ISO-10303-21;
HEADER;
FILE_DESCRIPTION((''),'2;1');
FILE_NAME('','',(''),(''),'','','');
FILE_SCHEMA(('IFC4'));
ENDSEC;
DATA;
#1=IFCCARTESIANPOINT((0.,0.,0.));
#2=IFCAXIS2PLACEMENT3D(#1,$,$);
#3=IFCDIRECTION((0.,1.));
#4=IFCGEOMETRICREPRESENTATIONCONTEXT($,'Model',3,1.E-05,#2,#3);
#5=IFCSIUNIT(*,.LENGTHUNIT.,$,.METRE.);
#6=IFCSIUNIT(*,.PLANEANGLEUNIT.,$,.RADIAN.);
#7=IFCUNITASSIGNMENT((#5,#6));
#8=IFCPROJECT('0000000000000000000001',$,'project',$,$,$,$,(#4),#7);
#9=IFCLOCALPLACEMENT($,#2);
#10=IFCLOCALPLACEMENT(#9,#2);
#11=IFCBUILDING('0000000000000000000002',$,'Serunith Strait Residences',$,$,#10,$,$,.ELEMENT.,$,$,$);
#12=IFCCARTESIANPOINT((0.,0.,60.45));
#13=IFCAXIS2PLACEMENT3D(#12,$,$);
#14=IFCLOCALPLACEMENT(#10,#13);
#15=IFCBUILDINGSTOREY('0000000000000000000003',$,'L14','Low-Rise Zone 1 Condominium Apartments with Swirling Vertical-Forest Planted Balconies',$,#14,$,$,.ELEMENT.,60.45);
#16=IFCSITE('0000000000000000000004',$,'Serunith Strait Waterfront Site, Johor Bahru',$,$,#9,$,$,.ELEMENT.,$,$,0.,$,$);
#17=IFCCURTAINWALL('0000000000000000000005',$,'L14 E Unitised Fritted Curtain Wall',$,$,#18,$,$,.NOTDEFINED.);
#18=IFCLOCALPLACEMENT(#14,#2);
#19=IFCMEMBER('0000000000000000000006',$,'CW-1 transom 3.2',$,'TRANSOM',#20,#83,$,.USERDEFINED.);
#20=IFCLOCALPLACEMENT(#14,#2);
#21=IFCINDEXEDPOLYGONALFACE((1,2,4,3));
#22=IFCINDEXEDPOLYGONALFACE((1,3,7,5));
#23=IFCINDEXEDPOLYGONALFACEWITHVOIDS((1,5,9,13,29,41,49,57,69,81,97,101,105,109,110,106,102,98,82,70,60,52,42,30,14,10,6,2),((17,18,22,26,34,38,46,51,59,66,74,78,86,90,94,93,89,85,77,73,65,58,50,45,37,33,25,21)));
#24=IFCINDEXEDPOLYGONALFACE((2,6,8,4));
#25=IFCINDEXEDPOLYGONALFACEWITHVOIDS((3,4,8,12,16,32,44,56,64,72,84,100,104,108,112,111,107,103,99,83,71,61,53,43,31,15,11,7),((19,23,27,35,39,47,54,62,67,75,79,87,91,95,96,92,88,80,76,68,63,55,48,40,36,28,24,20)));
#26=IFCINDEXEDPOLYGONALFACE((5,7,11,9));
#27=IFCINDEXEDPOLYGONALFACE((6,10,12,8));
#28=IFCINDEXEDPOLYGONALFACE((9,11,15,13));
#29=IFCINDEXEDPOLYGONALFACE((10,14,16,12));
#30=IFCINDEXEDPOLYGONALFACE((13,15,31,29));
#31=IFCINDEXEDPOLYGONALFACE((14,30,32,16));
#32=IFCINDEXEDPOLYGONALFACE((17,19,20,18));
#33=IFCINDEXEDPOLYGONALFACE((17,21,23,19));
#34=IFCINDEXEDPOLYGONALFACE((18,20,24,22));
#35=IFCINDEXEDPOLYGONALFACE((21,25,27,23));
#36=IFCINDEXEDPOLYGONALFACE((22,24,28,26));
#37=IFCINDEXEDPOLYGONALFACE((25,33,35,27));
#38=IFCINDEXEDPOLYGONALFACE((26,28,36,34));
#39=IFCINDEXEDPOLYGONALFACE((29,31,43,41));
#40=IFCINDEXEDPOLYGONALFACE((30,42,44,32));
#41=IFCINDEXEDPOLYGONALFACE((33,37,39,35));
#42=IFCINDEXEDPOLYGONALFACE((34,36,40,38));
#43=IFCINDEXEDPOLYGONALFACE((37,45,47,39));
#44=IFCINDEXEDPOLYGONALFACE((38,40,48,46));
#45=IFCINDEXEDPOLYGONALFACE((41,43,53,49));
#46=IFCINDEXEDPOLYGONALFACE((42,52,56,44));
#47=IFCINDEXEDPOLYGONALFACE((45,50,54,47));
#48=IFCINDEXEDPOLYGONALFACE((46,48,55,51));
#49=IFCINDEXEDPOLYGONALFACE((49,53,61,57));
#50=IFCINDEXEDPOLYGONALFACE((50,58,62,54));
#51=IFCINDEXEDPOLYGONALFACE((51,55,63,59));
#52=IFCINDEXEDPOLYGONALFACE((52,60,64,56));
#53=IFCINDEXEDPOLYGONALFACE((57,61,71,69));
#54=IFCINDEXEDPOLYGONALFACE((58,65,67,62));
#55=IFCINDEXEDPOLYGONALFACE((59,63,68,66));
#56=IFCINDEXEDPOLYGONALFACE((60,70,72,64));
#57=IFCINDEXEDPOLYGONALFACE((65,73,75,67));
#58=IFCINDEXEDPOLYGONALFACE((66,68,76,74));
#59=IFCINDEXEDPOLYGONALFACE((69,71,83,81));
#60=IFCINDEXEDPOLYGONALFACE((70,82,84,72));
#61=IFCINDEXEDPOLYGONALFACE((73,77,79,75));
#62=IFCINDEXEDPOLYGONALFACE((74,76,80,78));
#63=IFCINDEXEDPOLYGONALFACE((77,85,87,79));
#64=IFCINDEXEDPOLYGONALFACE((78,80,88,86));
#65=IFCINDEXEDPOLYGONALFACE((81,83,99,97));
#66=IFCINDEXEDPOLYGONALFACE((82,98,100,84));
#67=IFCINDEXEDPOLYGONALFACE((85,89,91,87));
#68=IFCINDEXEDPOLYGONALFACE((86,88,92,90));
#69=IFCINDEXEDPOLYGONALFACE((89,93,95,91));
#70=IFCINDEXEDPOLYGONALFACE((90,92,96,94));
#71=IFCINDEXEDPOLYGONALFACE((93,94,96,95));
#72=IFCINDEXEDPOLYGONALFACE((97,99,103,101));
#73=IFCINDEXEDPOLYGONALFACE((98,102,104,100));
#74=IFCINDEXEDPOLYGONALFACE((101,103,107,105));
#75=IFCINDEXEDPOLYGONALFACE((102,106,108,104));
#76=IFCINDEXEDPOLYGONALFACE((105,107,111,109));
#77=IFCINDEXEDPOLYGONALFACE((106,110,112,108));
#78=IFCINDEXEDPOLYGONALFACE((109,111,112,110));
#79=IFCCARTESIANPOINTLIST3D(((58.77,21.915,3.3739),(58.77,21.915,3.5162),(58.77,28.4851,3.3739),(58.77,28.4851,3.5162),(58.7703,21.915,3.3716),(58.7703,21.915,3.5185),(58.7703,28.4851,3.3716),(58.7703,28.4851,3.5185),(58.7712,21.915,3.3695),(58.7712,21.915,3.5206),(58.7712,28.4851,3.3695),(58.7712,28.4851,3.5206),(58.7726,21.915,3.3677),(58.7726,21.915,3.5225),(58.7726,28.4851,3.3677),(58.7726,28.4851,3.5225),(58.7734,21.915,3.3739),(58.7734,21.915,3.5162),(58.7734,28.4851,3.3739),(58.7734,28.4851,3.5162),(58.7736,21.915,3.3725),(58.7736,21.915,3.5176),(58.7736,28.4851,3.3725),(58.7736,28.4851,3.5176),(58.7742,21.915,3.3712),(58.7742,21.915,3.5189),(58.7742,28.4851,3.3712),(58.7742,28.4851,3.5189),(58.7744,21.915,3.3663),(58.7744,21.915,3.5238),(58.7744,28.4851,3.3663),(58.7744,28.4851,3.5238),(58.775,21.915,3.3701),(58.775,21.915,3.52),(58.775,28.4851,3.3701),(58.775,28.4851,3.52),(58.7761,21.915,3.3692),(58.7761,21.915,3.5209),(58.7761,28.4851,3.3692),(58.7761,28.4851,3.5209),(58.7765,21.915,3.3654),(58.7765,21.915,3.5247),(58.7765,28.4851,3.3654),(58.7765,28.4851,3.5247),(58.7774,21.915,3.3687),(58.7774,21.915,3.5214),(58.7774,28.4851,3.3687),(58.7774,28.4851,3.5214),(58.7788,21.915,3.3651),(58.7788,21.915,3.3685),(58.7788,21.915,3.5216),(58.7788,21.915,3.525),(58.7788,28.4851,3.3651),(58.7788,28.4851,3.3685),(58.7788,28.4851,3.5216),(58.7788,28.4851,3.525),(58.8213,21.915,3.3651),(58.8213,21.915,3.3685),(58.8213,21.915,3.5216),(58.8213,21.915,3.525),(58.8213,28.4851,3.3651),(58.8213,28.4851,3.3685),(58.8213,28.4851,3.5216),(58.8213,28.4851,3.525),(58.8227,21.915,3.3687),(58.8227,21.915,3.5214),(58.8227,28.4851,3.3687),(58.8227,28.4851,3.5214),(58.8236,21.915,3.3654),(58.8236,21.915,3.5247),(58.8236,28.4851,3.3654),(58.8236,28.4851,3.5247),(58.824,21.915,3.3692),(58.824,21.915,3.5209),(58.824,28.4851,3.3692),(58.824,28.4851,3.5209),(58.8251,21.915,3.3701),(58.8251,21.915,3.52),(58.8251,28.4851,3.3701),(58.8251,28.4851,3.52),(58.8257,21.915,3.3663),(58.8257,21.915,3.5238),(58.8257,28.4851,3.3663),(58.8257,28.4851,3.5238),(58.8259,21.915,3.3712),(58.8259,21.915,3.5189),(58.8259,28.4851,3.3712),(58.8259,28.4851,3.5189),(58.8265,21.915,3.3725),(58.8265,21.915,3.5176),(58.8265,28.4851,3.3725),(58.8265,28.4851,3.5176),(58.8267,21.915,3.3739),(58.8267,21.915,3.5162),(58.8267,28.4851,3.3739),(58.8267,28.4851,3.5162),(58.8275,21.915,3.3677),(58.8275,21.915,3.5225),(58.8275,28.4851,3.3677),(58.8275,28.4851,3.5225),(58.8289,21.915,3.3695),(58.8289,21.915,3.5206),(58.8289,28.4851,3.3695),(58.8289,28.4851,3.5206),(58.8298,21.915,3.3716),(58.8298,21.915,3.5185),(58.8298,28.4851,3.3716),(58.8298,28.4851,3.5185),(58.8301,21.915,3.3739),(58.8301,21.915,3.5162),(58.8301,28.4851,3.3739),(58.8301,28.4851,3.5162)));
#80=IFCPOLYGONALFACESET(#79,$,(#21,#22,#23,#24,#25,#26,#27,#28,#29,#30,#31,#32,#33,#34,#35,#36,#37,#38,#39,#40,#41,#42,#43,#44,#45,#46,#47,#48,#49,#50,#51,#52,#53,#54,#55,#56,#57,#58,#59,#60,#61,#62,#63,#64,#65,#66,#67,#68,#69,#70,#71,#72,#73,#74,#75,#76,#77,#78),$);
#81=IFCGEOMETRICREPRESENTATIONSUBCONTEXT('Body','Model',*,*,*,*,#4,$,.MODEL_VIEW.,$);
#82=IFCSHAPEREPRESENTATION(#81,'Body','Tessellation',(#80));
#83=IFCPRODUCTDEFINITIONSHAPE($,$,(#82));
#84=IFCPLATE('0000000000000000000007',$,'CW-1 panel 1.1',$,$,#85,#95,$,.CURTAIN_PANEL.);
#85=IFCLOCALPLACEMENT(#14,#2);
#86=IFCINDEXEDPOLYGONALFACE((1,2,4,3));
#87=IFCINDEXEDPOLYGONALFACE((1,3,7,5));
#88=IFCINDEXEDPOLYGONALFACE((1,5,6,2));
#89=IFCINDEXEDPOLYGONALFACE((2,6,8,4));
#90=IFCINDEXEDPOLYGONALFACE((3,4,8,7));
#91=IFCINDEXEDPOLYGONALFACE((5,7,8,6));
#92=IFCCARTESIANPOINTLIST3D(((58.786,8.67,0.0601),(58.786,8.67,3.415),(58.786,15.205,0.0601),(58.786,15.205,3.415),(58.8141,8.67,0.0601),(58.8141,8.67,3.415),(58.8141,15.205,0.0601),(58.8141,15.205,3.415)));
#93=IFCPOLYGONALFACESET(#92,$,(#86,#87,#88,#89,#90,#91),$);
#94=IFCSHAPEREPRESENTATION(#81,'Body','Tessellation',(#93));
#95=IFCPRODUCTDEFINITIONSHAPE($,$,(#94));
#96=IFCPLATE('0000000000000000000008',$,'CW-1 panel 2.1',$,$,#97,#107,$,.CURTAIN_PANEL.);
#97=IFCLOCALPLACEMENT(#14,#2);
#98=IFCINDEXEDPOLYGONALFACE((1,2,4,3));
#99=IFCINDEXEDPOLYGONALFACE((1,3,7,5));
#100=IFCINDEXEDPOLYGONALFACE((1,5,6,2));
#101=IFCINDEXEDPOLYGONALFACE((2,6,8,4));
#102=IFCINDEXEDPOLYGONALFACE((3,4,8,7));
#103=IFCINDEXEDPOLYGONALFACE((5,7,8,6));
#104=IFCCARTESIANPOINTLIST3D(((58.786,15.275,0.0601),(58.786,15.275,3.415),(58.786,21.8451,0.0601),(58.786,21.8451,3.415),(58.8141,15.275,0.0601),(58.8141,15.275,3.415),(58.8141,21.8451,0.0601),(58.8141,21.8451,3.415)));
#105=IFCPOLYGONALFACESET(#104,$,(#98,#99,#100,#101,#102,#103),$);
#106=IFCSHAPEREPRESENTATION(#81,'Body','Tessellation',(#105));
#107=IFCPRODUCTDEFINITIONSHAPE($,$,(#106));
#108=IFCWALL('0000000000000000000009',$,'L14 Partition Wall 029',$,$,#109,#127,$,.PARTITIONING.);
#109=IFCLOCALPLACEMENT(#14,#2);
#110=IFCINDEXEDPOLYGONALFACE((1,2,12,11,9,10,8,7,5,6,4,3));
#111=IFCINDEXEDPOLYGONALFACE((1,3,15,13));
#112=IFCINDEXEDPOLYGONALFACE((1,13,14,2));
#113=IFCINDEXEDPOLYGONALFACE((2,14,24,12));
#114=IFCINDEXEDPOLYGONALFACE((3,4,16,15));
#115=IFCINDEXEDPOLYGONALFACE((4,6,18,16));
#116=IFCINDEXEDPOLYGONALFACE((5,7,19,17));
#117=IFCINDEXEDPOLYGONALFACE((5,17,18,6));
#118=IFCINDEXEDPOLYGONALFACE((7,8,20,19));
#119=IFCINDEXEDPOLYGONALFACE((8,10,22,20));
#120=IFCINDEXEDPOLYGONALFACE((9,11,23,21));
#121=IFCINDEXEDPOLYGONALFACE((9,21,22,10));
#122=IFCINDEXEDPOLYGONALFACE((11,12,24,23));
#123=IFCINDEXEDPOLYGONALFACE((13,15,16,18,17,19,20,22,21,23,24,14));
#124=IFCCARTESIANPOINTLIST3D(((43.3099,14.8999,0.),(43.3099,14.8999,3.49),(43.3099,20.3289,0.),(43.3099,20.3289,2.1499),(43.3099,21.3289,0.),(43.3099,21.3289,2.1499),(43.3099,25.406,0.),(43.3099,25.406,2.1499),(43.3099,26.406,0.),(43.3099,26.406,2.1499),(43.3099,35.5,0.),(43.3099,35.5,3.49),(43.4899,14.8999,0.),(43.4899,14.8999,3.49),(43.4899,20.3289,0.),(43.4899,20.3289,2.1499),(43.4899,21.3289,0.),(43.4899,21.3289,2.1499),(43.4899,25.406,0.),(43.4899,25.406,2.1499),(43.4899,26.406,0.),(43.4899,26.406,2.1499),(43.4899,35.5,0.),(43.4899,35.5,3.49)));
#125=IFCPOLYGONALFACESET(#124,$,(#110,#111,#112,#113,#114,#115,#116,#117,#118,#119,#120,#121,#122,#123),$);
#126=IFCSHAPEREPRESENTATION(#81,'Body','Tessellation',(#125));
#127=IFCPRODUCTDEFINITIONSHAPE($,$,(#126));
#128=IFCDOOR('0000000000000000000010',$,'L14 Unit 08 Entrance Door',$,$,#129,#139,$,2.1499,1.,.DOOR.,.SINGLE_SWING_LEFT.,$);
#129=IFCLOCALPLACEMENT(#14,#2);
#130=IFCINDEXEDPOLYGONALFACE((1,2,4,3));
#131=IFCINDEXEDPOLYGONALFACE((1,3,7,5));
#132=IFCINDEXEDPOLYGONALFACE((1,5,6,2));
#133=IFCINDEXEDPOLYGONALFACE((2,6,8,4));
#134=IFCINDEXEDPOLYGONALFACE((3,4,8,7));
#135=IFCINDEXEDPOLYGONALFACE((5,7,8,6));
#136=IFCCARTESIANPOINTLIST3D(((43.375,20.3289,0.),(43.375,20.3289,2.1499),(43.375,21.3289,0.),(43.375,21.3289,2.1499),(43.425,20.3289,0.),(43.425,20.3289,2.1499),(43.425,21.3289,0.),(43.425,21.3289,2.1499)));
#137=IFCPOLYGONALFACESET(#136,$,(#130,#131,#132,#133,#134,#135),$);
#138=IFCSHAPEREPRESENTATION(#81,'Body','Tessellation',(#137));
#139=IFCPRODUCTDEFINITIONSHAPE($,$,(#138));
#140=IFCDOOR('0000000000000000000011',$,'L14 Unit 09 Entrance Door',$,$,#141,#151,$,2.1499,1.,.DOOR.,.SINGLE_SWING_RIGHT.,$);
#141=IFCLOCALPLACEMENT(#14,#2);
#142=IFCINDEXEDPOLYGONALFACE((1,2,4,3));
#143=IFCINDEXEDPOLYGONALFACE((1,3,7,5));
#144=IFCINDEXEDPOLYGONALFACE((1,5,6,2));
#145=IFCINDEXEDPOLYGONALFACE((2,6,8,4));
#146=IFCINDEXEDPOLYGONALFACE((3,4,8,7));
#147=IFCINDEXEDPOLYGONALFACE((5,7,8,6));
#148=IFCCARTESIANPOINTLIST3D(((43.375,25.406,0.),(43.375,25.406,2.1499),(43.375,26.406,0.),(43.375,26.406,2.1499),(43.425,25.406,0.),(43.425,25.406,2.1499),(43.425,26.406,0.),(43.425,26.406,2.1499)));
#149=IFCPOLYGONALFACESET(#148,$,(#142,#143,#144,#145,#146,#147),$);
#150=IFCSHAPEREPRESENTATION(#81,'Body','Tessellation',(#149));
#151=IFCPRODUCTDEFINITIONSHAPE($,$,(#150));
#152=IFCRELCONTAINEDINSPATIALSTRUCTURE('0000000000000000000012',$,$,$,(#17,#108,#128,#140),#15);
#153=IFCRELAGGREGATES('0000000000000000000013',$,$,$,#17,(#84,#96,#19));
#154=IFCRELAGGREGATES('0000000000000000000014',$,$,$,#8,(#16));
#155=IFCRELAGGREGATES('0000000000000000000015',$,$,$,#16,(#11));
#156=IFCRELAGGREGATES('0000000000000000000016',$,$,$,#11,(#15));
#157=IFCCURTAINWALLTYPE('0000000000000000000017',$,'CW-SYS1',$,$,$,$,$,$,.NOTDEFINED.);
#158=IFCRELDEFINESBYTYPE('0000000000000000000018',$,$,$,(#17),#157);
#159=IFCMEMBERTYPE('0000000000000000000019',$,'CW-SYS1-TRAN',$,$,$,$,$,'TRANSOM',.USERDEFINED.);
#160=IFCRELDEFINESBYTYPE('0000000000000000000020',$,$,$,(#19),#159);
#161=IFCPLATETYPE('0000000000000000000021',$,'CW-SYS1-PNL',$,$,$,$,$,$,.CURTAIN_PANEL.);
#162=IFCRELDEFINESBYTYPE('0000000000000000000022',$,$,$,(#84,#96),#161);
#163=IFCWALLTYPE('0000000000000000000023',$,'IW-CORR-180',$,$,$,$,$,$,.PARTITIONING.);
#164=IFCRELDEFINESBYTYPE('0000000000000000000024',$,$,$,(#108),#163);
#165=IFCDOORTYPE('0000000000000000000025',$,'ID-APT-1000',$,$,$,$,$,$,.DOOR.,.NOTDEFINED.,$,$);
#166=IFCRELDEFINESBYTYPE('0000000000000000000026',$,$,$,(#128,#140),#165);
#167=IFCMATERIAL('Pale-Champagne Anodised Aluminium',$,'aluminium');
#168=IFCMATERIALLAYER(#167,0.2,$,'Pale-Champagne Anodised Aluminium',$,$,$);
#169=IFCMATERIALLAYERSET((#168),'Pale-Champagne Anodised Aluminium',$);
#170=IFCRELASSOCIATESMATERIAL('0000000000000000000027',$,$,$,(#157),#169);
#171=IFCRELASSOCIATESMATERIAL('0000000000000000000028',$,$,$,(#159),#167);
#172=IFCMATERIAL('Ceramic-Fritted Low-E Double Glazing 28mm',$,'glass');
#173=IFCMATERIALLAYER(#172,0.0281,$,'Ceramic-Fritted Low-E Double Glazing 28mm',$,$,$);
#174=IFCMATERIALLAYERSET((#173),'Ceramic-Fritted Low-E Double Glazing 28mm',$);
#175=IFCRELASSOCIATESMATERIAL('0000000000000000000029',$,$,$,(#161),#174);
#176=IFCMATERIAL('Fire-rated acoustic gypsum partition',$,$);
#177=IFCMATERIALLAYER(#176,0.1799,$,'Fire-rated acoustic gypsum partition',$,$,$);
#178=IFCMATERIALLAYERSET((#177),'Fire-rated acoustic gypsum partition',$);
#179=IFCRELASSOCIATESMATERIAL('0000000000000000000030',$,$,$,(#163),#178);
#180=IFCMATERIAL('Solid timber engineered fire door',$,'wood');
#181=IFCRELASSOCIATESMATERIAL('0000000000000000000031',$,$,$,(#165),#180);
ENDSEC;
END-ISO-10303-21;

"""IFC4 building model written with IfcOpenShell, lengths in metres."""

from ifc_helpers import new_model, si_unit, direction, frame, frame_2d, origin, origin_2d, place, context, subcontext, project, spatial, rectangle, hollow_rectangle, extrude, source, transform, mapped, material, layer, layer_set, material_profile, profile_set, type_object, element, fill, aggregate, save


model = new_model("IFC4")

# Units and contexts
model_context = context("Model", 3, precision=1e-05, world=origin(), true_north=direction((0.0, 1.0)))
body_context = subcontext(model_context, "Body", "Model", "MODEL_VIEW")
ifc_project = project(units=[si_unit("LENGTHUNIT", "METRE"), si_unit("PLANEANGLEUNIT", "RADIAN")], contexts=[model_context])

# Site, building, storey
site_placement = place(None, origin())
site = spatial("IfcSite", under=ifc_project, at=site_placement, Name="Serunith Strait Waterfront Site, Johor Bahru", CompositionType="ELEMENT", RefElevation=0.0)
building_placement = place(site_placement, origin())
building = spatial("IfcBuilding", under=site, at=building_placement, Name="Serunith Strait Residences", CompositionType="ELEMENT")
storey_placement = place(building_placement, frame((0.0, 0.0, 60.45)))
storey = spatial("IfcBuildingStorey", under=building, at=storey_placement, Name="L14", Description="Low-Rise Zone 1 Condominium Apartments with Swirling Vertical-Forest Planted Balconies", CompositionType="ELEMENT", Elevation=60.45)

# Curtain wall, member, plates
ifc_material_1 = material(Name="Pale-Champagne Anodised Aluminium", Category="aluminium")
ifc_layer_1 = layer(ifc_material_1, 0.2, Name="Pale-Champagne Anodised Aluminium")
ifc_layer_set_1 = layer_set([ifc_layer_1], Name="Pale-Champagne Anodised Aluminium")
curtain_wall_type = type_object("IfcCurtainWallType", Name="CW-SYS1", PredefinedType="NOTDEFINED", material=ifc_layer_set_1)
curtain_wall_placement = place(storey_placement, origin())
curtain_wall = element("IfcCurtainWall", 1, at=curtain_wall_placement, inside=storey, type_object=curtain_wall_type, Name="L14 E Unitised Fritted Curtain Wall", PredefinedType="NOTDEFINED")
ifc_material_profile_1 = material_profile(ifc_material_1, hollow_rectangle(XDim=0.0601, YDim=0.1599, WallThickness=0.0034, InnerFilletRadius=0.0054, OuterFilletRadius=0.0088, at=origin_2d()), Name="ALU 160x60x3.5")
ifc_profile_set_1 = profile_set([ifc_material_profile_1], Name="Pale-Champagne Anodised Aluminium")
member_type_1 = type_object("IfcMemberType", Name="CW-SYS1-TRAN", ElementType="TRANSOM", PredefinedType="USERDEFINED", material=ifc_profile_set_1)
shared_shape_1 = source(origin(), body_context, "Body", "SweptSolid", [
    extrude(hollow_rectangle(XDim=0.0601, YDim=0.1599, WallThickness=0.0034, InnerFilletRadius=0.0054, OuterFilletRadius=0.0088, at=origin_2d()), origin(), (0.0, 0.0, 1.0), 6.5701),
])
member_1_placement = place(storey_placement, frame((58.8, 21.915, 3.4451), z_axis=(0.0, 1.0, 0.0), x_axis=(-1.0, 0.0, 0.0)))
member_1 = element("IfcMember", 2, at=member_1_placement, type_object=member_type_1, Name="CW-1 transom 3.2", ObjectType="TRANSOM", PredefinedType="USERDEFINED", context=body_context, shape_type="MappedRepresentation", body=[
    mapped(shared_shape_1, transform((0.0, 0.0, 0.0), scale=1.0)),
])
ifc_material_2 = material(Name="Ceramic-Fritted Low-E Double Glazing 28mm", Category="glass")
ifc_layer_2 = layer(ifc_material_2, 0.0281, Name="Ceramic-Fritted Low-E Double Glazing 28mm")
ifc_layer_set_2 = layer_set([ifc_layer_2], Name="Ceramic-Fritted Low-E Double Glazing 28mm")
plate_type = type_object("IfcPlateType", Name="CW-SYS1-PNL", PredefinedType="CURTAIN_PANEL", material=ifc_layer_set_2)
shared_shape_2 = source(origin(), body_context, "Body", "SweptSolid", [
    extrude(rectangle(XDim=6.5349, YDim=0.0281, at=origin_2d()), origin(), (0.0, 0.0, 1.0), 3.355),
])
plate_1_placement = place(storey_placement, frame((58.8, 11.9375, 0.0601), z_axis=(0.0, 0.0, 1.0), x_axis=(0.0, 1.0, 0.0)))
plate_1 = element("IfcPlate", 3, at=plate_1_placement, type_object=plate_type, Name="CW-1 panel 1.1", PredefinedType="CURTAIN_PANEL", context=body_context, shape_type="MappedRepresentation", body=[
    mapped(shared_shape_2, transform((0.0, 0.0, 0.0), scale=1.0)),
])
shared_shape_3 = source(origin(), body_context, "Body", "SweptSolid", [
    extrude(rectangle(XDim=6.5701, YDim=0.0281, at=origin_2d()), origin(), (0.0, 0.0, 1.0), 3.355),
])
plate_2_placement = place(storey_placement, frame((58.8, 18.5601, 0.0601), z_axis=(0.0, 0.0, 1.0), x_axis=(0.0, 1.0, 0.0)))
plate_2 = element("IfcPlate", 4, at=plate_2_placement, type_object=plate_type, Name="CW-1 panel 2.1", PredefinedType="CURTAIN_PANEL", context=body_context, shape_type="MappedRepresentation", body=[
    mapped(shared_shape_3, transform((0.0, 0.0, 0.0), scale=1.0)),
])
aggregate(curtain_wall, [plate_1, plate_2, member_1])

# Wall, openings, doors
ifc_material_3 = material(Name="Fire-rated acoustic gypsum partition")
ifc_layer_3 = layer(ifc_material_3, 0.1799, Name="Fire-rated acoustic gypsum partition")
ifc_layer_set_3 = layer_set([ifc_layer_3], Name="Fire-rated acoustic gypsum partition")
wall_type_1 = type_object("IfcWallType", Name="IW-CORR-180", PredefinedType="PARTITIONING", material=ifc_layer_set_3)
wall_1_placement = place(storey_placement, frame((43.3999, 14.8999, 0.0), z_axis=(0.0, 0.0, 1.0), x_axis=(0.0, 1.0, 0.0)))
wall_1 = element("IfcWall", 5, at=wall_1_placement, inside=storey, type_object=wall_type_1, Name="L14 Partition Wall 029", PredefinedType="PARTITIONING", context=body_context, shape_type="SweptSolid", body=[
    extrude(rectangle(XDim=20.6001, YDim=0.1799, at=frame_2d((10.3, 0.0))), origin(), (0.0, 0.0, 1.0), 3.49),
])
opening_1_placement = place(wall_1_placement, frame((5.429, 0.0, 0.0)))
opening_1 = element("IfcOpeningElement", 6, at=opening_1_placement, cuts=wall_1, PredefinedType="OPENING", context=body_context, shape_type="SweptSolid", body=[
    extrude(rectangle(XDim=1.0, YDim=2.1499, at=frame_2d((0.5, 1.075))), frame((0.0, 0.1001, 0.0), z_axis=(0.0, -1.0, 0.0), x_axis=(1.0, 0.0, 0.0)), (0.0, 0.0, 1.0), 0.2),
])
opening_2_placement = place(wall_1_placement, frame((10.5061, 0.0, 0.0)))
opening_2 = element("IfcOpeningElement", 7, at=opening_2_placement, cuts=wall_1, PredefinedType="OPENING", context=body_context, shape_type="SweptSolid", body=[
    extrude(rectangle(XDim=1.0, YDim=2.1499, at=frame_2d((0.5, 1.075))), frame((0.0, 0.1001, 0.0), z_axis=(0.0, -1.0, 0.0), x_axis=(1.0, 0.0, 0.0)), (0.0, 0.0, 1.0), 0.2),
])
ifc_material_4 = material(Name="Solid timber engineered fire door", Category="wood")
door_type_1 = type_object("IfcDoorType", Name="ID-APT-1000", OperationType="NOTDEFINED", PredefinedType="DOOR", material=ifc_material_4)
shared_shape_4 = source(origin(), body_context, "Body", "SweptSolid", [
    extrude(rectangle(XDim=1.0, YDim=2.1499, at=frame_2d((0.5, 1.075))), frame((0.0, 0.0249, 0.0), z_axis=(0.0, -1.0, 0.0), x_axis=(1.0, 0.0, 0.0)), (0.0, 0.0, 1.0), 0.05),
])
door_1_placement = place(opening_1_placement, origin())
door_1 = element("IfcDoor", 8, at=door_1_placement, inside=storey, type_object=door_type_1, Name="L14 Unit 08 Entrance Door", OperationType="SINGLE_SWING_LEFT", OverallHeight=2.1499, OverallWidth=1.0, PredefinedType="DOOR", context=body_context, shape_type="MappedRepresentation", body=[
    mapped(shared_shape_4, transform((0.0, 0.0, 0.0), scale=1.0)),
])
fill(opening_1, door_1)
door_2_placement = place(opening_2_placement, origin())
door_2 = element("IfcDoor", 9, at=door_2_placement, inside=storey, type_object=door_type_1, Name="L14 Unit 09 Entrance Door", OperationType="SINGLE_SWING_RIGHT", OverallHeight=2.1499, OverallWidth=1.0, PredefinedType="DOOR", context=body_context, shape_type="MappedRepresentation", body=[
    mapped(shared_shape_4, transform((0.0, 0.0, 0.0), scale=1.0)),
])
fill(opening_2, door_2)

save(model, "model.ifc")
